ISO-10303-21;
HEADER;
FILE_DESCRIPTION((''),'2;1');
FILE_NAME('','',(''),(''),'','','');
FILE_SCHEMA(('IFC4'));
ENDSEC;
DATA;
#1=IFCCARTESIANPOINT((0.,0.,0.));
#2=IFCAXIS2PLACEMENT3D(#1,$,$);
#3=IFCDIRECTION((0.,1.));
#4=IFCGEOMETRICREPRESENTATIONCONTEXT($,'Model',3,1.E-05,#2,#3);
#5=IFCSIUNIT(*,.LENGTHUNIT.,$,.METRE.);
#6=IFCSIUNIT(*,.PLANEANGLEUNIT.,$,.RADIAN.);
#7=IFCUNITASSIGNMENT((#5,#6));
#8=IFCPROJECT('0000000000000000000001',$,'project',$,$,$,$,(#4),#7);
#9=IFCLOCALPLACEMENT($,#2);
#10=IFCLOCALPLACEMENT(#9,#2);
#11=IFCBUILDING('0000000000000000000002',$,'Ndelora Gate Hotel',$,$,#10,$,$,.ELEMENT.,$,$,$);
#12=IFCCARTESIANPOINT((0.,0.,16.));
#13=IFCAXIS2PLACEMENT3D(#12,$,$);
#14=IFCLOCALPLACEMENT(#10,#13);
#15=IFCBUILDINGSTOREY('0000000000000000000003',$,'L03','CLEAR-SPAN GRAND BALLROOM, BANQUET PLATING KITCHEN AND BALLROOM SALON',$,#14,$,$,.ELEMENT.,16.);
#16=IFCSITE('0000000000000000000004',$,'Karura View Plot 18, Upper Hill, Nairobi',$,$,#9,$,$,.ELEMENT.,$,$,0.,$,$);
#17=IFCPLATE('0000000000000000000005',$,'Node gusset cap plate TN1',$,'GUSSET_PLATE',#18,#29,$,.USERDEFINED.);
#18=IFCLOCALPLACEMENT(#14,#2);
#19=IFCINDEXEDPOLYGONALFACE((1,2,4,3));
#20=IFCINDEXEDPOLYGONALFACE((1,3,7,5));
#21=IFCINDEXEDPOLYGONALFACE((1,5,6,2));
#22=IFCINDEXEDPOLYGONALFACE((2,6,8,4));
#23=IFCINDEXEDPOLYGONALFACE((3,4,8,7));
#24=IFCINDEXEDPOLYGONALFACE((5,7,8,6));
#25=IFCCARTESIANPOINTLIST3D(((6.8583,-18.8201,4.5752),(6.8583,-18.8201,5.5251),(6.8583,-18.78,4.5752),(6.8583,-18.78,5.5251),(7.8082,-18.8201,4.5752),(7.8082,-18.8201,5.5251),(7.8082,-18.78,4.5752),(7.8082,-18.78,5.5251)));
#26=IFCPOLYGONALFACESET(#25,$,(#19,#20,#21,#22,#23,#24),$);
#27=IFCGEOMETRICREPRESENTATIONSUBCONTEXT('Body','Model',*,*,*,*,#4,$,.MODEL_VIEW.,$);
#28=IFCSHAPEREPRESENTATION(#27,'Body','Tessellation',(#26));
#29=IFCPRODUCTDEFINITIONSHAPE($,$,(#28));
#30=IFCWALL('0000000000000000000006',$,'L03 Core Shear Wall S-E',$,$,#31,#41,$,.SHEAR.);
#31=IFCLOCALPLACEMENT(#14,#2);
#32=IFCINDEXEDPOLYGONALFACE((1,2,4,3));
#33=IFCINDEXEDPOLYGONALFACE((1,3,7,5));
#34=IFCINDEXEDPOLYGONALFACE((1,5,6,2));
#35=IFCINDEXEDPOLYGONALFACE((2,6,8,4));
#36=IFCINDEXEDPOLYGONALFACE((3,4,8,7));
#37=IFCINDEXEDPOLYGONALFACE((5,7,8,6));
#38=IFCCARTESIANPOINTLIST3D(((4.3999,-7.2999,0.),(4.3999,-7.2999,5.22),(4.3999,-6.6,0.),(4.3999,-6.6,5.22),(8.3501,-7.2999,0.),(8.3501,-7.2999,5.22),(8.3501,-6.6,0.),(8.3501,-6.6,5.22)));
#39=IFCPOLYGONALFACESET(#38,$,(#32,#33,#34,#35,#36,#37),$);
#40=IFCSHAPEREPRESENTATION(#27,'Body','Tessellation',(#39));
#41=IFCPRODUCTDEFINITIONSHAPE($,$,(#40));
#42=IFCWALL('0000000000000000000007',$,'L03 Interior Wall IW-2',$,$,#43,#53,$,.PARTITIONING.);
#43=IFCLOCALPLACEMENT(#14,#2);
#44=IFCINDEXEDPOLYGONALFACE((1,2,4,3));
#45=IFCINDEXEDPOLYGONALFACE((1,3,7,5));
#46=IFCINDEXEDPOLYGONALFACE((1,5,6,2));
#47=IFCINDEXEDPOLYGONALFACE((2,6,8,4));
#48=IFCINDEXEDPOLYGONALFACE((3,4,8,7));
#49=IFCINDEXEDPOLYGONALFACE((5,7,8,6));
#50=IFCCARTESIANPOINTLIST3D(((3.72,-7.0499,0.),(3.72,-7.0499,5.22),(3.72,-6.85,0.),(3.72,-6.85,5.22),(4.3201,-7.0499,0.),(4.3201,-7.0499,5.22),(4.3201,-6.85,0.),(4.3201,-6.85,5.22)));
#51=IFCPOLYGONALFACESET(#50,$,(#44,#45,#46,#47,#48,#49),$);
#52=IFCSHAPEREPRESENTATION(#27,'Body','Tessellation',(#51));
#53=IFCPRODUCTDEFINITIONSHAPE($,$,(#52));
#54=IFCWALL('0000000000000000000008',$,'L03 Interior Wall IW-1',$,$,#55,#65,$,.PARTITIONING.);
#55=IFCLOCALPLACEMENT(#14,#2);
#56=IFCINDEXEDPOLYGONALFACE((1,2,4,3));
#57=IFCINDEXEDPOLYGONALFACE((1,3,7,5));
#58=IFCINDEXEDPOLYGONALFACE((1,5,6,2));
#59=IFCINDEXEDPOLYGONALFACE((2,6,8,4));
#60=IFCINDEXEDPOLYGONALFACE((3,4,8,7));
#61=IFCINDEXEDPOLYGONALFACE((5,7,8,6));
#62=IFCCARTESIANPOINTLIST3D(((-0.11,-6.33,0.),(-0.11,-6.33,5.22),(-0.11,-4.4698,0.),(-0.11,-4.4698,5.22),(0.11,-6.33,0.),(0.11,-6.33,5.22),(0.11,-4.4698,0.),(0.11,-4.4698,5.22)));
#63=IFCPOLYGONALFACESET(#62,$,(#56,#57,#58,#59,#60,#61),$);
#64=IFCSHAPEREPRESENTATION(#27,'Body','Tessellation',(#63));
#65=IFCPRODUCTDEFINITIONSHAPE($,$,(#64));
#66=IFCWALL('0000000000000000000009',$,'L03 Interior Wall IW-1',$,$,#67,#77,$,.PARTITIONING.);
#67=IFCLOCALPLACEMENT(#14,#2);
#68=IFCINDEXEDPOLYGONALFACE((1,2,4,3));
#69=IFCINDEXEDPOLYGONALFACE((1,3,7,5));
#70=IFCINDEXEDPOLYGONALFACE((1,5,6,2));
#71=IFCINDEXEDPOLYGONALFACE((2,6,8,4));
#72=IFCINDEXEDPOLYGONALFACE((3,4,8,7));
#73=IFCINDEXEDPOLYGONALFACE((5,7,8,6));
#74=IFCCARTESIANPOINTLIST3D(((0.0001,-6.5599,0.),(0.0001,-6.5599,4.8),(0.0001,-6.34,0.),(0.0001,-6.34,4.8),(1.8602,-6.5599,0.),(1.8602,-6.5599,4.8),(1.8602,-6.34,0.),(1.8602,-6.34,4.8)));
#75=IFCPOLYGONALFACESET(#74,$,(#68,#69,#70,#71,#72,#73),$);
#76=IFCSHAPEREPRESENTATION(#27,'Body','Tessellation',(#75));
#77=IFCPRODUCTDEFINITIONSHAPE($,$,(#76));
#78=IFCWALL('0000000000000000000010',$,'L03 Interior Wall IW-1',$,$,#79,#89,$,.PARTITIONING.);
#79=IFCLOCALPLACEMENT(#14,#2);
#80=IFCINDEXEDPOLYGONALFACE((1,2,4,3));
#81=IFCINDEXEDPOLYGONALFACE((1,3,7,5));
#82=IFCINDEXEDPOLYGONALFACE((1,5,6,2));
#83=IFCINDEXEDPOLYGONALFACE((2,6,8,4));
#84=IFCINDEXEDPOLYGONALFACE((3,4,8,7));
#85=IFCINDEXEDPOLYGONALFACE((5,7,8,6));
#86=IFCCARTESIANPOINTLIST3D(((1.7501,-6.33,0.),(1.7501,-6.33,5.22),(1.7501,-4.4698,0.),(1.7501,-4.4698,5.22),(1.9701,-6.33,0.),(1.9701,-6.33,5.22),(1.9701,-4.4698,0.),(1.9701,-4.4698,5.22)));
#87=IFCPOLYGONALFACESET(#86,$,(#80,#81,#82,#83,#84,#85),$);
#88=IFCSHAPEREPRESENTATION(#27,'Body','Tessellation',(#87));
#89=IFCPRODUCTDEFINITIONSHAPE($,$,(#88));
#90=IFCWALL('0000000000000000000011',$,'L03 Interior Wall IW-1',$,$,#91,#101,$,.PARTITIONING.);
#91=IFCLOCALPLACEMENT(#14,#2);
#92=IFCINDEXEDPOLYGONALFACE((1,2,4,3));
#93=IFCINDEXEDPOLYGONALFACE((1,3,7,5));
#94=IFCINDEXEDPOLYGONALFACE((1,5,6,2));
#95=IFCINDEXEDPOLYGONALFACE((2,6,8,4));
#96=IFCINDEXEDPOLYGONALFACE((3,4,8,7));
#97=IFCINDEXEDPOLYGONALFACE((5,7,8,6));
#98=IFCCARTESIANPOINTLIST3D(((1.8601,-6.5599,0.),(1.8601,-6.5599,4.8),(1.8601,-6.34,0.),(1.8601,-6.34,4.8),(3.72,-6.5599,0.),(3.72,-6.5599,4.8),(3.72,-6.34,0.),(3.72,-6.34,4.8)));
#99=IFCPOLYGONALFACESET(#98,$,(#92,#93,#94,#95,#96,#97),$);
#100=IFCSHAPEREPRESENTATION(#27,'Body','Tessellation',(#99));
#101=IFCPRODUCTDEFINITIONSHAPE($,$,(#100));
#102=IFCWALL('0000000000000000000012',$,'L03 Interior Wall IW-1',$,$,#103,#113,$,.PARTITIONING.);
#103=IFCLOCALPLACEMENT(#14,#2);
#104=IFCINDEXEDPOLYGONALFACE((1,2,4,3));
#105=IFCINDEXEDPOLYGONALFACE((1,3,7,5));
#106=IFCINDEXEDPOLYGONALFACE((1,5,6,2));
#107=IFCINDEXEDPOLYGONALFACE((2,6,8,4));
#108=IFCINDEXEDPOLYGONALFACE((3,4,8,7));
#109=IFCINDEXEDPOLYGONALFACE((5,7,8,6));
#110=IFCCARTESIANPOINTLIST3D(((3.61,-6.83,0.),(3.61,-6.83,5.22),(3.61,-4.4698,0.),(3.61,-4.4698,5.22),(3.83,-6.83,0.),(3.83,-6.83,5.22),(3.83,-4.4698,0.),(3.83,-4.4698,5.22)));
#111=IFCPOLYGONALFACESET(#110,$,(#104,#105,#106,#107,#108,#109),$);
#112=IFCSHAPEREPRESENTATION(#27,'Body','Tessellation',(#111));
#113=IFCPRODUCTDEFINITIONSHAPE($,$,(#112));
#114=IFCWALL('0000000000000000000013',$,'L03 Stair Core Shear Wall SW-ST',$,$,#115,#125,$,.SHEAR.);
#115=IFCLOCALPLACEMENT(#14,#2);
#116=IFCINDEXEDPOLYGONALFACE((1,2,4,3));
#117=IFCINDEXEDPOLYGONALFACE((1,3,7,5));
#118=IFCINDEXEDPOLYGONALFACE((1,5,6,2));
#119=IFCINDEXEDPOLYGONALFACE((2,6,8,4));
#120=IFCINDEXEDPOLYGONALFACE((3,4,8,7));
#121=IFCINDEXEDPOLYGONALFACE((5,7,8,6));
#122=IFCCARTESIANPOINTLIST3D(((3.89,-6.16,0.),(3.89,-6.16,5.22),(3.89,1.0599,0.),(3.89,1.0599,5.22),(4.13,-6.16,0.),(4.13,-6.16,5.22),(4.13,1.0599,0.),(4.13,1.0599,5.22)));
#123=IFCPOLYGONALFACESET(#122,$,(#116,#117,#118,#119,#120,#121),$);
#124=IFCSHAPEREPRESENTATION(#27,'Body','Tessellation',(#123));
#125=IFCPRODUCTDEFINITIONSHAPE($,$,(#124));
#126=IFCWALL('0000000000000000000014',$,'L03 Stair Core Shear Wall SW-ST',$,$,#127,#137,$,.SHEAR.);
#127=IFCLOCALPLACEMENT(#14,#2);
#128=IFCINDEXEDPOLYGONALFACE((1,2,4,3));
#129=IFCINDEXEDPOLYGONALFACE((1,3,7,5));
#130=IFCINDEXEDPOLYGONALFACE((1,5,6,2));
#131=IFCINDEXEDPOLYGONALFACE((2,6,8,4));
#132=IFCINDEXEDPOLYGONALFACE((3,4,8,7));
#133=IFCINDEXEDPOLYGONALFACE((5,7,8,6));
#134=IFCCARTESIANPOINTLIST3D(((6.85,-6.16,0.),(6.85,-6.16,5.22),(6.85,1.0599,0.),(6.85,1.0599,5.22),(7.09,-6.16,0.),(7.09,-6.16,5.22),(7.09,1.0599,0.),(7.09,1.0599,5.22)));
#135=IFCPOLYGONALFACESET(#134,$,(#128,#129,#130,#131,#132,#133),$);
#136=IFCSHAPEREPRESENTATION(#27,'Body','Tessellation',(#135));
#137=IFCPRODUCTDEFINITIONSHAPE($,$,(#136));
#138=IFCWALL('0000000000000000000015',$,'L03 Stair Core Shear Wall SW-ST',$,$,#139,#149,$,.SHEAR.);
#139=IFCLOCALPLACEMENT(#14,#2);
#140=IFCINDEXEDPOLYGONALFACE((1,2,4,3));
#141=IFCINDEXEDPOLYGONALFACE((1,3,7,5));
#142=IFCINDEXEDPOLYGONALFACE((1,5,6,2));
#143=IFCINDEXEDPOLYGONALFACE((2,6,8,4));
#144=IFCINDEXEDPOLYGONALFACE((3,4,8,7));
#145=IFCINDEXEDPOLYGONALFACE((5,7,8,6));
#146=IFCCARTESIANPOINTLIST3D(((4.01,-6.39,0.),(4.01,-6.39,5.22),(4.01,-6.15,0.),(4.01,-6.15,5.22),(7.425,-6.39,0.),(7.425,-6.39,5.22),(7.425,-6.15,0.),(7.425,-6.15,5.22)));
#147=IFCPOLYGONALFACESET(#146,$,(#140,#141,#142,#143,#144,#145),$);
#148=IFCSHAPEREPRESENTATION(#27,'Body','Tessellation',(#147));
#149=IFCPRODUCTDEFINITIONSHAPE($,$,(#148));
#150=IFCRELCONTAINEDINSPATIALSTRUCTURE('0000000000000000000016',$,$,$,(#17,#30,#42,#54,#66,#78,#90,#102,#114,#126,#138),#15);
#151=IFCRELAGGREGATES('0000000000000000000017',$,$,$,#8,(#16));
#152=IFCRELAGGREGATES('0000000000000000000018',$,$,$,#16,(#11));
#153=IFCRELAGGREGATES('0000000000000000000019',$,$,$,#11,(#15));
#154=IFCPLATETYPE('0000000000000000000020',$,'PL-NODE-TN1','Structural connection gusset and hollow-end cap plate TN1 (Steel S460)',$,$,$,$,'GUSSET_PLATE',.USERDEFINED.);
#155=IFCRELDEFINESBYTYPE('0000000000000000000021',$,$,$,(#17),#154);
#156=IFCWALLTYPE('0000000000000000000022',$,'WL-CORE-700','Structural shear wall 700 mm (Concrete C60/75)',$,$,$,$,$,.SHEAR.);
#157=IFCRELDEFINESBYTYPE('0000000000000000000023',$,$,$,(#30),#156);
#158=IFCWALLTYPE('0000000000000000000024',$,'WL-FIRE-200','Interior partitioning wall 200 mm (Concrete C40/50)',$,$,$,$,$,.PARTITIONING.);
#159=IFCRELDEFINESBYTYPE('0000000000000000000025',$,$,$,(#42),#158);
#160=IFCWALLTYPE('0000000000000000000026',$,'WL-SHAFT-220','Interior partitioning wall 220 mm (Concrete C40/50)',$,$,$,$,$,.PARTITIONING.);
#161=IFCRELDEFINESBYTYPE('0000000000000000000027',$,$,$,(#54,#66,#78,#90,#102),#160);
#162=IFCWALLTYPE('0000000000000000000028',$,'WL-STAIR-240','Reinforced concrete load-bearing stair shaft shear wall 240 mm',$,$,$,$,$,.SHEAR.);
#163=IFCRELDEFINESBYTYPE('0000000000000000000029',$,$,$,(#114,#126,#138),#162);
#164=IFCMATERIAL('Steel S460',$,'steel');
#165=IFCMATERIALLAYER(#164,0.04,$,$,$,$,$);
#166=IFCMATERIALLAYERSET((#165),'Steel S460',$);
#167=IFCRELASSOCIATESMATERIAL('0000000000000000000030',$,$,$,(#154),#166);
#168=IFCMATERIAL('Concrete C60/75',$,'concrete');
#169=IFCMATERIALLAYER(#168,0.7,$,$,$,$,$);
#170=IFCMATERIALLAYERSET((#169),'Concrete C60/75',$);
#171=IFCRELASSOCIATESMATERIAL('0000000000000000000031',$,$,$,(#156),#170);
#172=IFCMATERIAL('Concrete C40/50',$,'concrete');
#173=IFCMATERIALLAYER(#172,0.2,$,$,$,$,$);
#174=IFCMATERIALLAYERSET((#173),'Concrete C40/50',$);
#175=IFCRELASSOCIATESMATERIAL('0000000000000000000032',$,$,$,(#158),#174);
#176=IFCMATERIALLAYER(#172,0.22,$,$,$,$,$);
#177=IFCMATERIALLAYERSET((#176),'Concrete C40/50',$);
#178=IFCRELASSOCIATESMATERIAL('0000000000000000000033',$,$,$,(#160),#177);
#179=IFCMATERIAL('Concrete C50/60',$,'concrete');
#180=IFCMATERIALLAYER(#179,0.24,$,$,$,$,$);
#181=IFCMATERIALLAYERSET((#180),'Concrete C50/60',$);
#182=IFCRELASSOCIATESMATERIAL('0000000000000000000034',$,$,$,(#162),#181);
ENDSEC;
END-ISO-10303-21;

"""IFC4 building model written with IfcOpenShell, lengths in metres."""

from ifc_helpers import new_model, si_unit, direction, frame, frame_2d, origin, origin_2d, place, context, subcontext, project, spatial, rectangle, extrude, material, layer, layer_set, type_object, element, save


model = new_model("IFC4")

# Units and contexts
model_context = context("Model", 3, precision=1e-05, world=origin(), true_north=direction((0.0, 1.0)))
body_context = subcontext(model_context, "Body", "Model", "MODEL_VIEW")
ifc_project = project(units=[si_unit("LENGTHUNIT", "METRE"), si_unit("PLANEANGLEUNIT", "RADIAN")], contexts=[model_context])

# Site, building, storey
site_placement = place(None, origin())
site = spatial("IfcSite", under=ifc_project, at=site_placement, Name="Karura View Plot 18, Upper Hill, Nairobi", CompositionType="ELEMENT", RefElevation=0.0)
building_placement = place(site_placement, origin())
building = spatial("IfcBuilding", under=site, at=building_placement, Name="Ndelora Gate Hotel", CompositionType="ELEMENT")
storey_placement = place(building_placement, frame((0.0, 0.0, 16.0)))
storey = spatial("IfcBuildingStorey", under=building, at=storey_placement, Name="L03", Description="CLEAR-SPAN GRAND BALLROOM, BANQUET PLATING KITCHEN AND BALLROOM SALON", CompositionType="ELEMENT", Elevation=16.0)

# Shared definitions
ifc_material_1 = material(Name="Concrete C60/75", Category="concrete")

# Shared definitions
ifc_material_2 = material(Name="Steel S460", Category="steel")

# Plate
ifc_layer_1 = layer(ifc_material_2, 0.04)
ifc_layer_set_1 = layer_set([ifc_layer_1], Name="Steel S460")
plate_type_1 = type_object("IfcPlateType", Name="PL-NODE-TN1", Description="Structural connection gusset and hollow-end cap plate TN1 (Steel S460)", ElementType="GUSSET_PLATE", PredefinedType="USERDEFINED", material=ifc_layer_set_1)
for number, where, z_axis, x_axis, name in (
    (1, (7.3333, -18.8, 4.5752), (0.0, 0.0, 1.0), (1.0, 0.0, 0.0), "Node gusset cap plate TN1"),
):
    element("IfcPlate", number, at=place(storey_placement, frame(where, z_axis=z_axis, x_axis=x_axis)), inside=storey, type_object=plate_type_1, Name=name, ObjectType="GUSSET_PLATE", PredefinedType="USERDEFINED", context=body_context, shape_type="SweptSolid", body=[
        extrude(rectangle(XDim=0.95, YDim=0.04, at=origin_2d()), origin(), (0.0, 0.0, 1.0), 0.95),
    ])

# Walls
ifc_layer_2 = layer(ifc_material_1, 0.7)
ifc_layer_set_2 = layer_set([ifc_layer_2], Name="Concrete C60/75")
wall_type_1 = type_object("IfcWallType", Name="WL-CORE-700", Description="Structural shear wall 700 mm (Concrete C60/75)", PredefinedType="SHEAR", material=ifc_layer_set_2)
wall_1_placement = place(storey_placement, frame((4.3999, -6.95, 0.0), z_axis=(0.0, 0.0, 1.0), x_axis=(1.0, 0.0, 0.0)))
element("IfcWall", 2, at=wall_1_placement, inside=storey, type_object=wall_type_1, Name="L03 Core Shear Wall S-E", PredefinedType="SHEAR", context=body_context, shape_type="SweptSolid", body=[
    extrude(rectangle(XDim=3.9502, YDim=0.7, at=frame_2d((1.9751, 0.0))), origin(), (0.0, 0.0, 1.0), 5.22),
])
ifc_material_3 = material(Name="Concrete C40/50", Category="concrete")
ifc_layer_3 = layer(ifc_material_3, 0.2)
ifc_layer_set_3 = layer_set([ifc_layer_3], Name="Concrete C40/50")
wall_type_2 = type_object("IfcWallType", Name="WL-FIRE-200", Description="Interior partitioning wall 200 mm (Concrete C40/50)", PredefinedType="PARTITIONING", material=ifc_layer_set_3)
wall_2_placement = place(storey_placement, frame((3.72, -6.95, 0.0), z_axis=(0.0, 0.0, 1.0), x_axis=(1.0, 0.0, 0.0)))
element("IfcWall", 3, at=wall_2_placement, inside=storey, type_object=wall_type_2, Name="L03 Interior Wall IW-2", PredefinedType="PARTITIONING", context=body_context, shape_type="SweptSolid", body=[
    extrude(rectangle(XDim=0.6001, YDim=0.2, at=frame_2d((0.3, 0.0))), origin(), (0.0, 0.0, 1.0), 5.22),
])
ifc_layer_4 = layer(ifc_material_3, 0.22)
ifc_layer_set_4 = layer_set([ifc_layer_4], Name="Concrete C40/50")
wall_type_3 = type_object("IfcWallType", Name="WL-SHAFT-220", Description="Interior partitioning wall 220 mm (Concrete C40/50)", PredefinedType="PARTITIONING", material=ifc_layer_set_4)
wall_3_placement = place(storey_placement, frame((0.0, -6.3301, 0.0), z_axis=(0.0, 0.0, 1.0), x_axis=(0.0, 1.0, 0.0)))
element("IfcWall", 4, at=wall_3_placement, inside=storey, type_object=wall_type_3, Name="L03 Interior Wall IW-1", PredefinedType="PARTITIONING", context=body_context, shape_type="SweptSolid", body=[
    extrude(rectangle(XDim=1.8601, YDim=0.22, at=frame_2d((0.9302, 0.0))), origin(), (0.0, 0.0, 1.0), 5.22),
])
wall_4_placement = place(storey_placement, frame((0.0, -6.45, 0.0), z_axis=(0.0, 0.0, 1.0), x_axis=(1.0, 0.0, 0.0)))
element("IfcWall", 5, at=wall_4_placement, inside=storey, type_object=wall_type_3, Name="L03 Interior Wall IW-1", PredefinedType="PARTITIONING", context=body_context, shape_type="SweptSolid", body=[
    extrude(rectangle(XDim=1.8601, YDim=0.22, at=frame_2d((0.9302, 0.0))), origin(), (0.0, 0.0, 1.0), 4.8),
])
wall_5_placement = place(storey_placement, frame((1.8601, -6.3301, 0.0), z_axis=(0.0, 0.0, 1.0), x_axis=(0.0, 1.0, 0.0)))
element("IfcWall", 6, at=wall_5_placement, inside=storey, type_object=wall_type_3, Name="L03 Interior Wall IW-1", PredefinedType="PARTITIONING", context=body_context, shape_type="SweptSolid", body=[
    extrude(rectangle(XDim=1.8601, YDim=0.22, at=frame_2d((0.9302, 0.0))), origin(), (0.0, 0.0, 1.0), 5.22),
])
wall_6_placement = place(storey_placement, frame((1.8601, -6.45, 0.0), z_axis=(0.0, 0.0, 1.0), x_axis=(1.0, 0.0, 0.0)))
element("IfcWall", 7, at=wall_6_placement, inside=storey, type_object=wall_type_3, Name="L03 Interior Wall IW-1", PredefinedType="PARTITIONING", context=body_context, shape_type="SweptSolid", body=[
    extrude(rectangle(XDim=1.8599, YDim=0.22, at=frame_2d((0.9299, 0.0))), origin(), (0.0, 0.0, 1.0), 4.8),
])
wall_7_placement = place(storey_placement, frame((3.72, -6.8301, 0.0), z_axis=(0.0, 0.0, 1.0), x_axis=(0.0, 1.0, 0.0)))
element("IfcWall", 8, at=wall_7_placement, inside=storey, type_object=wall_type_3, Name="L03 Interior Wall IW-1", PredefinedType="PARTITIONING", context=body_context, shape_type="SweptSolid", body=[
    extrude(rectangle(XDim=2.3601, YDim=0.22, at=frame_2d((1.1802, 0.0))), origin(), (0.0, 0.0, 1.0), 5.22),
])
ifc_material_4 = material(Name="Concrete C50/60", Category="concrete")
ifc_layer_5 = layer(ifc_material_4, 0.24)
ifc_layer_set_5 = layer_set([ifc_layer_5], Name="Concrete C50/60")
wall_type_4 = type_object("IfcWallType", Name="WL-STAIR-240", Description="Reinforced concrete load-bearing stair shaft shear wall 240 mm", PredefinedType="SHEAR", material=ifc_layer_set_5)
for number, where, z_axis, x_axis, name in (
    (9, (4.01, -6.1599, 0.0), (0.0, 0.0, 1.0), (0.0, 1.0, 0.0), "L03 Stair Core Shear Wall SW-ST"),
    (10, (6.97, -6.1599, 0.0), (0.0, 0.0, 1.0), (0.0, 1.0, 0.0), "L03 Stair Core Shear Wall SW-ST"),
):
    element("IfcWall", number, at=place(storey_placement, frame(where, z_axis=z_axis, x_axis=x_axis)), inside=storey, type_object=wall_type_4, Name=name, PredefinedType="SHEAR", context=body_context, shape_type="SweptSolid", body=[
        extrude(rectangle(XDim=7.22, YDim=0.24, at=frame_2d((3.6099, 0.0))), origin(), (0.0, 0.0, 1.0), 5.22),
    ])
wall_8_placement = place(storey_placement, frame((4.01, -6.27, 0.0), z_axis=(0.0, 0.0, 1.0), x_axis=(1.0, 0.0, 0.0)))
element("IfcWall", 11, at=wall_8_placement, inside=storey, type_object=wall_type_4, Name="L03 Stair Core Shear Wall SW-ST", PredefinedType="SHEAR", context=body_context, shape_type="SweptSolid", body=[
    extrude(rectangle(XDim=3.415, YDim=0.24, at=frame_2d((1.7075, 0.0))), origin(), (0.0, 0.0, 1.0), 5.22),
])

save(model, "model.ifc")
